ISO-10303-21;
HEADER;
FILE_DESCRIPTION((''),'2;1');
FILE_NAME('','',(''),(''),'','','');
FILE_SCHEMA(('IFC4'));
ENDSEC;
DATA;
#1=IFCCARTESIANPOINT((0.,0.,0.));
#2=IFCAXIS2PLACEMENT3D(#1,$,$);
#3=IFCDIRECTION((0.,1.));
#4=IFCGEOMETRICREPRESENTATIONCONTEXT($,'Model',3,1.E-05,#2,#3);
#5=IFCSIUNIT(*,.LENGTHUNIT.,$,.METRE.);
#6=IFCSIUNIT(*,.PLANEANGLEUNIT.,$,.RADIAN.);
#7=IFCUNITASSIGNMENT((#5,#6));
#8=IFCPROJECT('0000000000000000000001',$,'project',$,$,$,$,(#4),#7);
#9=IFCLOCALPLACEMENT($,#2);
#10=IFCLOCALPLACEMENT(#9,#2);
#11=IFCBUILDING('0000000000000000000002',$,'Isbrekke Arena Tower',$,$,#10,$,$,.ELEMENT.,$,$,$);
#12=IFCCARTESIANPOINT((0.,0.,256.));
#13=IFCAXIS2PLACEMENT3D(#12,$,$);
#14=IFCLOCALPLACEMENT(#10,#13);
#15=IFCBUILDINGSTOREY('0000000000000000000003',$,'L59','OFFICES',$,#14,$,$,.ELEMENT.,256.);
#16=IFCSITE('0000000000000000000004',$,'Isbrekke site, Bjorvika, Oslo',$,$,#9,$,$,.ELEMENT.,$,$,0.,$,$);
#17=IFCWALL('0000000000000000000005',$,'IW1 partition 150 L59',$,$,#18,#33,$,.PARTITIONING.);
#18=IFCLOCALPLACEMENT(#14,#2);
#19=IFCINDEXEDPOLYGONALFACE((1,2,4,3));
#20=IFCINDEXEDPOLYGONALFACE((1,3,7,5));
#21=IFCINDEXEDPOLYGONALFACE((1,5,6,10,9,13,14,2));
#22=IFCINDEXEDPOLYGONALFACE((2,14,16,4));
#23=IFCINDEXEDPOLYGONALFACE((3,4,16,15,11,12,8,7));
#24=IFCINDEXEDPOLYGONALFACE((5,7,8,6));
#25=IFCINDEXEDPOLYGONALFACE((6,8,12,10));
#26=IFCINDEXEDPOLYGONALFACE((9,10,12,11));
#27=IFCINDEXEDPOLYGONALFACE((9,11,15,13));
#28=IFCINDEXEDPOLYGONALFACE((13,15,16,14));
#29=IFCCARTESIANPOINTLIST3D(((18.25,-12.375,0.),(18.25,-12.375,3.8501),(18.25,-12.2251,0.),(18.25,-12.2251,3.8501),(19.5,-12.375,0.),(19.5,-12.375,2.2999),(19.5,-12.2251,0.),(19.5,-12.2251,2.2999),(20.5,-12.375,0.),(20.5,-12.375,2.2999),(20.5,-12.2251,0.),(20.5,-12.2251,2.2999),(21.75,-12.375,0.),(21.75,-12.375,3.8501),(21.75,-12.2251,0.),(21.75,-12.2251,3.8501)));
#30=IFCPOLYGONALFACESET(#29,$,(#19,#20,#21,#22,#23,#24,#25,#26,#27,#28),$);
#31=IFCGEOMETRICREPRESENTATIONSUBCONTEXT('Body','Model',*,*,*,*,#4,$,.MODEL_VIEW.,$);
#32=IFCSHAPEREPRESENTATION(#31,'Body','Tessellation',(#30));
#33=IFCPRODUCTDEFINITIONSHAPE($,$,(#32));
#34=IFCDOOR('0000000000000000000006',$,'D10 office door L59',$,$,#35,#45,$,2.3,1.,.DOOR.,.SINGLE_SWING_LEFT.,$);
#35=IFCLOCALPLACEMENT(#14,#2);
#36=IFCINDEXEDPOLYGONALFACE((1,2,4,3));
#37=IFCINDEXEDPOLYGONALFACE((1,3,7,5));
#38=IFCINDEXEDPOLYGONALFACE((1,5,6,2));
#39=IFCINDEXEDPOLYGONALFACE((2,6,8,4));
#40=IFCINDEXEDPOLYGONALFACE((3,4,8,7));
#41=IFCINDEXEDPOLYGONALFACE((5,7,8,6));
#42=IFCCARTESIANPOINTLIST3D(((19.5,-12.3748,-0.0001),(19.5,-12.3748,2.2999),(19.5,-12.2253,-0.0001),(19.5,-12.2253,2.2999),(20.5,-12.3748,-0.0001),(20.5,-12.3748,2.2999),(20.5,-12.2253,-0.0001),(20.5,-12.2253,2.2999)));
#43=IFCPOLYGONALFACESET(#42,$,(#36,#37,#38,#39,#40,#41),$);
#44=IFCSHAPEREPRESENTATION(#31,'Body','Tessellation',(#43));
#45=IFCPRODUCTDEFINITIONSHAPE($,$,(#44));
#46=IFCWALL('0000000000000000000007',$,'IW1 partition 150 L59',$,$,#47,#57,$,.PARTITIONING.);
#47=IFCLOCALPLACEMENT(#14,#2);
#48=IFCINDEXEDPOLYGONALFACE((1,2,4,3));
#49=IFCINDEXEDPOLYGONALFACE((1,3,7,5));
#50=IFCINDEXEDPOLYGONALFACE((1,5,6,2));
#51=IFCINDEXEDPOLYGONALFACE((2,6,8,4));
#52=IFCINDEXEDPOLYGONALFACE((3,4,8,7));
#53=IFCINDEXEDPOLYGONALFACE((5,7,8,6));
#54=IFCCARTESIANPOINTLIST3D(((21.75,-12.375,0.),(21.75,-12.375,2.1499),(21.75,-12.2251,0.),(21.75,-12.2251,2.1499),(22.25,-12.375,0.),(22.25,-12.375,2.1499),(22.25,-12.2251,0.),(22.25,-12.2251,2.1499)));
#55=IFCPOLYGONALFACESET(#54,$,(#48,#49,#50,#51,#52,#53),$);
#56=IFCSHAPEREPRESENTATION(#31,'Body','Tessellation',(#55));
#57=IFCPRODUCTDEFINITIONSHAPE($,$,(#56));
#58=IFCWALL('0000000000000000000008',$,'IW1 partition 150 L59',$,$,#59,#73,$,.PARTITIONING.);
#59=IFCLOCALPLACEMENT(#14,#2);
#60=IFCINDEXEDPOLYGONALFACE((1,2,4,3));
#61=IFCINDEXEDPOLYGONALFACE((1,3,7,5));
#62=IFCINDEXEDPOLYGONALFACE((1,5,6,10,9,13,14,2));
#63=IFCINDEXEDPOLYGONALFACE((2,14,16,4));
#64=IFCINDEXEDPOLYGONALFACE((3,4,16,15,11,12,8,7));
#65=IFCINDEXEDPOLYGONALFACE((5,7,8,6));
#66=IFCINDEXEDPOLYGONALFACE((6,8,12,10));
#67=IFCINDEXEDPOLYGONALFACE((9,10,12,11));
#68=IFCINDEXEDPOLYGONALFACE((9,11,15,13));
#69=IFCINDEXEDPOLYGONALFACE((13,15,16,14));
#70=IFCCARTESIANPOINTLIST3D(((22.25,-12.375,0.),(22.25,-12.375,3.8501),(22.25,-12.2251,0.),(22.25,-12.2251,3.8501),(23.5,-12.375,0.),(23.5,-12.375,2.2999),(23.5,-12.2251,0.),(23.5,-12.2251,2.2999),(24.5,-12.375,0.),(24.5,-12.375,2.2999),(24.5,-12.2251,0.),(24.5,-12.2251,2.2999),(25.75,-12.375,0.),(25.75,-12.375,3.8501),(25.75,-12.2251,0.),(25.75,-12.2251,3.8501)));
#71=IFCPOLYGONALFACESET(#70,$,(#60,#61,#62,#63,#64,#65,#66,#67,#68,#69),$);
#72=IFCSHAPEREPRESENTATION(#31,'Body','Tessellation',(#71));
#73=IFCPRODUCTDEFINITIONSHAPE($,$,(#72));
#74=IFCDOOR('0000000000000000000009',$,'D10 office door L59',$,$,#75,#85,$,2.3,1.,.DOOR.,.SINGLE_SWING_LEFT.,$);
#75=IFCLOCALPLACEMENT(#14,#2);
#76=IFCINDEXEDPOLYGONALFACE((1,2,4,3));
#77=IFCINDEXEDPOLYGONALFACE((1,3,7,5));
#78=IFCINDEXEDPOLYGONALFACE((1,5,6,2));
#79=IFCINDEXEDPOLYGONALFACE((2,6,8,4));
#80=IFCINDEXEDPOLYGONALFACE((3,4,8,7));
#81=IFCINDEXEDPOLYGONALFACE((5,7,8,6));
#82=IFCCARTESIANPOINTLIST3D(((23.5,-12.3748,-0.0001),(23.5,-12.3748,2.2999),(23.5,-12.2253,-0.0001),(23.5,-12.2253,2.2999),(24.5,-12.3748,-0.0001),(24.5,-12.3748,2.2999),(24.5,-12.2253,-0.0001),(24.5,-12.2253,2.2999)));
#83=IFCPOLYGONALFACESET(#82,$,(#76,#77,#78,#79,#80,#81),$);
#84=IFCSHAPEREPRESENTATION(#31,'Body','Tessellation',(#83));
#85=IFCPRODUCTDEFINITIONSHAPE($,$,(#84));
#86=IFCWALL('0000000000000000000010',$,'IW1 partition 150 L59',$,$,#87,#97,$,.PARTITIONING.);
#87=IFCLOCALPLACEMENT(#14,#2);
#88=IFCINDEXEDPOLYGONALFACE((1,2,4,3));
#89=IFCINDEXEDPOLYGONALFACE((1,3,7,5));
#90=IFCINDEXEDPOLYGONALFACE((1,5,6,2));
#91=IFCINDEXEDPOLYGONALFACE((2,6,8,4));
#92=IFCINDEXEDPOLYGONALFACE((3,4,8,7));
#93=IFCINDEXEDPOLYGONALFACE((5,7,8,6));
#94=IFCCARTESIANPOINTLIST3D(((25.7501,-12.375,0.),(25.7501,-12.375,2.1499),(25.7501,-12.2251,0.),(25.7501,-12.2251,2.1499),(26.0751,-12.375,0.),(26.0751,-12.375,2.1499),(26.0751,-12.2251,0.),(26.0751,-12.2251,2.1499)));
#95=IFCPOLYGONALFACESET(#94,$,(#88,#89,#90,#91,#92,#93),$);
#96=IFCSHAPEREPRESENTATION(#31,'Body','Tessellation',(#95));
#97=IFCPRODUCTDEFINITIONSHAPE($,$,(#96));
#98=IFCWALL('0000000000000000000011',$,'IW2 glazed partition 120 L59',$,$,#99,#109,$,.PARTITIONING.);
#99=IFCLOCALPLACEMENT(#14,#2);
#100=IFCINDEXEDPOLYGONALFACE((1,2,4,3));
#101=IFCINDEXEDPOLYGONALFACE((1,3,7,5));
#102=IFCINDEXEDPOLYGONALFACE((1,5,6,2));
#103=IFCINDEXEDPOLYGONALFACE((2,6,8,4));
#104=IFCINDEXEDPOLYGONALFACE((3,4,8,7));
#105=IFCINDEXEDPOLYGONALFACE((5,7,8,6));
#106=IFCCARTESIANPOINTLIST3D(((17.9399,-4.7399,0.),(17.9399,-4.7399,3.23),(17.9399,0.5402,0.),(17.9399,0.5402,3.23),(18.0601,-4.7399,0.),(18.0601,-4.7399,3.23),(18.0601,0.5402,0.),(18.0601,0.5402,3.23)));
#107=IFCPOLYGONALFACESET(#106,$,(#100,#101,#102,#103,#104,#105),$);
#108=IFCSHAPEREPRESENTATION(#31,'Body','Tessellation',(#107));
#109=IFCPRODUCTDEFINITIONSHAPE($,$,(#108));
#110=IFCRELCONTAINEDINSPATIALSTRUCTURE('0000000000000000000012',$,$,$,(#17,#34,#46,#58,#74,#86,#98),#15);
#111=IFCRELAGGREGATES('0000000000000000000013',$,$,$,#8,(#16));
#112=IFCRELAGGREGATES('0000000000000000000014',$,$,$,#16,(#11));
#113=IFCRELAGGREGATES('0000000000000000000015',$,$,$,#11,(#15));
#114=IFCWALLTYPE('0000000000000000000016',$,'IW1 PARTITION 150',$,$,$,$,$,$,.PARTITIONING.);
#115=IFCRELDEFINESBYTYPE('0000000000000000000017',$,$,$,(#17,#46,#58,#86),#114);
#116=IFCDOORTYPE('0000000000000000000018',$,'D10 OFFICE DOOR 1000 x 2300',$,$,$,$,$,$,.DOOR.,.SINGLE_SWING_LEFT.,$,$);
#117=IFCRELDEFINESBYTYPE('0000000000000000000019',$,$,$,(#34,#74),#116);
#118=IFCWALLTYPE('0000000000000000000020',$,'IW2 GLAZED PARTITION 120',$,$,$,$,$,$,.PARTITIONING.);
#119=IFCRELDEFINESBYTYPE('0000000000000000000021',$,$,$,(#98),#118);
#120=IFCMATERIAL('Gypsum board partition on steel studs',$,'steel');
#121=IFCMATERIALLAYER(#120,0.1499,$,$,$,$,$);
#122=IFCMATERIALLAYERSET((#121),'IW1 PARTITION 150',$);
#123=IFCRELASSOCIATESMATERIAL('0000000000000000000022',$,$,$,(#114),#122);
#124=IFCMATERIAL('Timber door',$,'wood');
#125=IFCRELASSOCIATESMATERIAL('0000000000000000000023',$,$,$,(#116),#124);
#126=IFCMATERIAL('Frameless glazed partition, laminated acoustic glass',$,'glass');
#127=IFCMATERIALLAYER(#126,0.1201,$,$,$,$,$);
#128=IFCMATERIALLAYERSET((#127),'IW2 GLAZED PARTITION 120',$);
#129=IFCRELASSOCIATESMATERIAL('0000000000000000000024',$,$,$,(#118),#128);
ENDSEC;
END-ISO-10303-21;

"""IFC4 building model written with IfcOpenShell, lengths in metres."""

from ifc_helpers import new_model, si_unit, direction, frame, frame_2d, origin, place, context, subcontext, project, spatial, rectangle, extrude, material, layer, layer_set, type_object, element, fill, save


model = new_model("IFC4")

# Units and contexts
model_context = context("Model", 3, precision=1e-05, world=origin(), true_north=direction((0.0, 1.0)))
body_context = subcontext(model_context, "Body", "Model", "MODEL_VIEW")
ifc_project = project(units=[si_unit("LENGTHUNIT", "METRE"), si_unit("PLANEANGLEUNIT", "RADIAN")], contexts=[model_context])

# Site, building, storey
site_placement = place(None, origin())
site = spatial("IfcSite", under=ifc_project, at=site_placement, Name="Isbrekke site, Bjorvika, Oslo", CompositionType="ELEMENT", RefElevation=0.0)
building_placement = place(site_placement, origin())
building = spatial("IfcBuilding", under=site, at=building_placement, Name="Isbrekke Arena Tower", CompositionType="ELEMENT")
storey_placement = place(building_placement, frame((0.0, 0.0, 256.0)))
storey = spatial("IfcBuildingStorey", under=building, at=storey_placement, Name="L59", Description="OFFICES", CompositionType="ELEMENT", Elevation=256.0)

# Wall, opening, door
ifc_material_1 = material(Name="Gypsum board partition on steel studs", Category="steel")
ifc_layer_1 = layer(ifc_material_1, 0.1499)
ifc_layer_set_1 = layer_set([ifc_layer_1], Name="IW1 PARTITION 150")
wall_type_1 = type_object("IfcWallType", Name="IW1 PARTITION 150", PredefinedType="PARTITIONING", material=ifc_layer_set_1)
wall_1_placement = place(storey_placement, frame((18.25, -12.3, 0.0), z_axis=(0.0, 0.0, 1.0), x_axis=(1.0, 0.0, 0.0)))
wall_1 = element("IfcWall", 1, at=wall_1_placement, inside=storey, type_object=wall_type_1, Name="IW1 partition 150 L59", PredefinedType="PARTITIONING", context=body_context, shape_type="SweptSolid", body=[
    extrude(rectangle(XDim=3.5, YDim=0.1499, at=frame_2d((1.75, 0.0))), origin(), (0.0, 0.0, 1.0), 3.8501),
])
opening_1_placement = place(wall_1_placement, frame((1.25, 0.0, 0.0)))
opening_1 = element("IfcOpeningElement", 2, at=opening_1_placement, cuts=wall_1, PredefinedType="OPENING", context=body_context, shape_type="SweptSolid", body=[
    extrude(rectangle(XDim=1.0, YDim=2.3, at=frame_2d((0.5, 1.1499))), frame((0.0, 0.0898, 0.0), z_axis=(0.0, -1.0, 0.0), x_axis=(1.0, 0.0, 0.0)), (0.0, 0.0, 1.0), 0.1797),
])
ifc_material_2 = material(Name="Timber door", Category="wood")
door_type = type_object("IfcDoorType", Name="D10 OFFICE DOOR 1000 x 2300", OperationType="SINGLE_SWING_LEFT", PredefinedType="DOOR", material=ifc_material_2)
door_1_placement = place(opening_1_placement, origin())
door_1 = element("IfcDoor", 3, at=door_1_placement, inside=storey, type_object=door_type, Name="D10 office door L59", OperationType="SINGLE_SWING_LEFT", OverallHeight=2.3, OverallWidth=1.0, PredefinedType="DOOR", context=body_context, shape_type="SweptSolid", body=[
    extrude(rectangle(XDim=1.0, YDim=2.3, at=frame_2d((0.5, 1.1499))), frame((0.0, 0.0747, 0.0), z_axis=(0.0, -1.0, 0.0), x_axis=(1.0, 0.0, 0.0)), (0.0, 0.0, 1.0), 0.1494),
])
fill(opening_1, door_1)

# Wall
wall_2_placement = place(storey_placement, frame((21.75, -12.3, 0.0), z_axis=(0.0, 0.0, 1.0), x_axis=(1.0, 0.0, 0.0)))
element("IfcWall", 4, at=wall_2_placement, inside=storey, type_object=wall_type_1, Name="IW1 partition 150 L59", PredefinedType="PARTITIONING", context=body_context, shape_type="SweptSolid", body=[
    extrude(rectangle(XDim=0.5, YDim=0.1499, at=frame_2d((0.25, 0.0))), origin(), (0.0, 0.0, 1.0), 2.1499),
])

# Wall, opening, door
wall_3_placement = place(storey_placement, frame((22.25, -12.3, 0.0), z_axis=(0.0, 0.0, 1.0), x_axis=(1.0, 0.0, 0.0)))
wall_3 = element("IfcWall", 5, at=wall_3_placement, inside=storey, type_object=wall_type_1, Name="IW1 partition 150 L59", PredefinedType="PARTITIONING", context=body_context, shape_type="SweptSolid", body=[
    extrude(rectangle(XDim=3.5, YDim=0.1499, at=frame_2d((1.75, 0.0))), origin(), (0.0, 0.0, 1.0), 3.8501),
])
opening_2_placement = place(wall_3_placement, frame((1.25, 0.0, 0.0)))
opening_2 = element("IfcOpeningElement", 6, at=opening_2_placement, cuts=wall_3, PredefinedType="OPENING", context=body_context, shape_type="SweptSolid", body=[
    extrude(rectangle(XDim=1.0, YDim=2.3, at=frame_2d((0.5, 1.1499))), frame((0.0, 0.0898, 0.0), z_axis=(0.0, -1.0, 0.0), x_axis=(1.0, 0.0, 0.0)), (0.0, 0.0, 1.0), 0.1797),
])
door_2_placement = place(opening_2_placement, origin())
door_2 = element("IfcDoor", 7, at=door_2_placement, inside=storey, type_object=door_type, Name="D10 office door L59", OperationType="SINGLE_SWING_LEFT", OverallHeight=2.3, OverallWidth=1.0, PredefinedType="DOOR", context=body_context, shape_type="SweptSolid", body=[
    extrude(rectangle(XDim=1.0, YDim=2.3, at=frame_2d((0.5, 1.1499))), frame((0.0, 0.0747, 0.0), z_axis=(0.0, -1.0, 0.0), x_axis=(1.0, 0.0, 0.0)), (0.0, 0.0, 1.0), 0.1494),
])
fill(opening_2, door_2)

# Walls
wall_4_placement = place(storey_placement, frame((25.75, -12.3, 0.0), z_axis=(0.0, 0.0, 1.0), x_axis=(1.0, 0.0, 0.0)))
element("IfcWall", 8, at=wall_4_placement, inside=storey, type_object=wall_type_1, Name="IW1 partition 150 L59", PredefinedType="PARTITIONING", context=body_context, shape_type="SweptSolid", body=[
    extrude(rectangle(XDim=0.325, YDim=0.1499, at=frame_2d((0.1626, 0.0))), origin(), (0.0, 0.0, 1.0), 2.1499),
])
ifc_material_3 = material(Name="Frameless glazed partition, laminated acoustic glass", Category="glass")
ifc_layer_2 = layer(ifc_material_3, 0.1201)
ifc_layer_set_2 = layer_set([ifc_layer_2], Name="IW2 GLAZED PARTITION 120")
wall_type_2 = type_object("IfcWallType", Name="IW2 GLAZED PARTITION 120", PredefinedType="PARTITIONING", material=ifc_layer_set_2)
wall_5_placement = place(storey_placement, frame((18.0, -4.74, 0.0), z_axis=(0.0, 0.0, 1.0), x_axis=(0.0, 1.0, 0.0)))
element("IfcWall", 9, at=wall_5_placement, inside=storey, type_object=wall_type_2, Name="IW2 glazed partition 120 L59", PredefinedType="PARTITIONING", context=body_context, shape_type="SweptSolid", body=[
    extrude(rectangle(XDim=5.28, YDim=0.1201, at=frame_2d((2.6401, 0.0))), origin(), (0.0, 0.0, 1.0), 3.23),
])

save(model, "model.ifc")
